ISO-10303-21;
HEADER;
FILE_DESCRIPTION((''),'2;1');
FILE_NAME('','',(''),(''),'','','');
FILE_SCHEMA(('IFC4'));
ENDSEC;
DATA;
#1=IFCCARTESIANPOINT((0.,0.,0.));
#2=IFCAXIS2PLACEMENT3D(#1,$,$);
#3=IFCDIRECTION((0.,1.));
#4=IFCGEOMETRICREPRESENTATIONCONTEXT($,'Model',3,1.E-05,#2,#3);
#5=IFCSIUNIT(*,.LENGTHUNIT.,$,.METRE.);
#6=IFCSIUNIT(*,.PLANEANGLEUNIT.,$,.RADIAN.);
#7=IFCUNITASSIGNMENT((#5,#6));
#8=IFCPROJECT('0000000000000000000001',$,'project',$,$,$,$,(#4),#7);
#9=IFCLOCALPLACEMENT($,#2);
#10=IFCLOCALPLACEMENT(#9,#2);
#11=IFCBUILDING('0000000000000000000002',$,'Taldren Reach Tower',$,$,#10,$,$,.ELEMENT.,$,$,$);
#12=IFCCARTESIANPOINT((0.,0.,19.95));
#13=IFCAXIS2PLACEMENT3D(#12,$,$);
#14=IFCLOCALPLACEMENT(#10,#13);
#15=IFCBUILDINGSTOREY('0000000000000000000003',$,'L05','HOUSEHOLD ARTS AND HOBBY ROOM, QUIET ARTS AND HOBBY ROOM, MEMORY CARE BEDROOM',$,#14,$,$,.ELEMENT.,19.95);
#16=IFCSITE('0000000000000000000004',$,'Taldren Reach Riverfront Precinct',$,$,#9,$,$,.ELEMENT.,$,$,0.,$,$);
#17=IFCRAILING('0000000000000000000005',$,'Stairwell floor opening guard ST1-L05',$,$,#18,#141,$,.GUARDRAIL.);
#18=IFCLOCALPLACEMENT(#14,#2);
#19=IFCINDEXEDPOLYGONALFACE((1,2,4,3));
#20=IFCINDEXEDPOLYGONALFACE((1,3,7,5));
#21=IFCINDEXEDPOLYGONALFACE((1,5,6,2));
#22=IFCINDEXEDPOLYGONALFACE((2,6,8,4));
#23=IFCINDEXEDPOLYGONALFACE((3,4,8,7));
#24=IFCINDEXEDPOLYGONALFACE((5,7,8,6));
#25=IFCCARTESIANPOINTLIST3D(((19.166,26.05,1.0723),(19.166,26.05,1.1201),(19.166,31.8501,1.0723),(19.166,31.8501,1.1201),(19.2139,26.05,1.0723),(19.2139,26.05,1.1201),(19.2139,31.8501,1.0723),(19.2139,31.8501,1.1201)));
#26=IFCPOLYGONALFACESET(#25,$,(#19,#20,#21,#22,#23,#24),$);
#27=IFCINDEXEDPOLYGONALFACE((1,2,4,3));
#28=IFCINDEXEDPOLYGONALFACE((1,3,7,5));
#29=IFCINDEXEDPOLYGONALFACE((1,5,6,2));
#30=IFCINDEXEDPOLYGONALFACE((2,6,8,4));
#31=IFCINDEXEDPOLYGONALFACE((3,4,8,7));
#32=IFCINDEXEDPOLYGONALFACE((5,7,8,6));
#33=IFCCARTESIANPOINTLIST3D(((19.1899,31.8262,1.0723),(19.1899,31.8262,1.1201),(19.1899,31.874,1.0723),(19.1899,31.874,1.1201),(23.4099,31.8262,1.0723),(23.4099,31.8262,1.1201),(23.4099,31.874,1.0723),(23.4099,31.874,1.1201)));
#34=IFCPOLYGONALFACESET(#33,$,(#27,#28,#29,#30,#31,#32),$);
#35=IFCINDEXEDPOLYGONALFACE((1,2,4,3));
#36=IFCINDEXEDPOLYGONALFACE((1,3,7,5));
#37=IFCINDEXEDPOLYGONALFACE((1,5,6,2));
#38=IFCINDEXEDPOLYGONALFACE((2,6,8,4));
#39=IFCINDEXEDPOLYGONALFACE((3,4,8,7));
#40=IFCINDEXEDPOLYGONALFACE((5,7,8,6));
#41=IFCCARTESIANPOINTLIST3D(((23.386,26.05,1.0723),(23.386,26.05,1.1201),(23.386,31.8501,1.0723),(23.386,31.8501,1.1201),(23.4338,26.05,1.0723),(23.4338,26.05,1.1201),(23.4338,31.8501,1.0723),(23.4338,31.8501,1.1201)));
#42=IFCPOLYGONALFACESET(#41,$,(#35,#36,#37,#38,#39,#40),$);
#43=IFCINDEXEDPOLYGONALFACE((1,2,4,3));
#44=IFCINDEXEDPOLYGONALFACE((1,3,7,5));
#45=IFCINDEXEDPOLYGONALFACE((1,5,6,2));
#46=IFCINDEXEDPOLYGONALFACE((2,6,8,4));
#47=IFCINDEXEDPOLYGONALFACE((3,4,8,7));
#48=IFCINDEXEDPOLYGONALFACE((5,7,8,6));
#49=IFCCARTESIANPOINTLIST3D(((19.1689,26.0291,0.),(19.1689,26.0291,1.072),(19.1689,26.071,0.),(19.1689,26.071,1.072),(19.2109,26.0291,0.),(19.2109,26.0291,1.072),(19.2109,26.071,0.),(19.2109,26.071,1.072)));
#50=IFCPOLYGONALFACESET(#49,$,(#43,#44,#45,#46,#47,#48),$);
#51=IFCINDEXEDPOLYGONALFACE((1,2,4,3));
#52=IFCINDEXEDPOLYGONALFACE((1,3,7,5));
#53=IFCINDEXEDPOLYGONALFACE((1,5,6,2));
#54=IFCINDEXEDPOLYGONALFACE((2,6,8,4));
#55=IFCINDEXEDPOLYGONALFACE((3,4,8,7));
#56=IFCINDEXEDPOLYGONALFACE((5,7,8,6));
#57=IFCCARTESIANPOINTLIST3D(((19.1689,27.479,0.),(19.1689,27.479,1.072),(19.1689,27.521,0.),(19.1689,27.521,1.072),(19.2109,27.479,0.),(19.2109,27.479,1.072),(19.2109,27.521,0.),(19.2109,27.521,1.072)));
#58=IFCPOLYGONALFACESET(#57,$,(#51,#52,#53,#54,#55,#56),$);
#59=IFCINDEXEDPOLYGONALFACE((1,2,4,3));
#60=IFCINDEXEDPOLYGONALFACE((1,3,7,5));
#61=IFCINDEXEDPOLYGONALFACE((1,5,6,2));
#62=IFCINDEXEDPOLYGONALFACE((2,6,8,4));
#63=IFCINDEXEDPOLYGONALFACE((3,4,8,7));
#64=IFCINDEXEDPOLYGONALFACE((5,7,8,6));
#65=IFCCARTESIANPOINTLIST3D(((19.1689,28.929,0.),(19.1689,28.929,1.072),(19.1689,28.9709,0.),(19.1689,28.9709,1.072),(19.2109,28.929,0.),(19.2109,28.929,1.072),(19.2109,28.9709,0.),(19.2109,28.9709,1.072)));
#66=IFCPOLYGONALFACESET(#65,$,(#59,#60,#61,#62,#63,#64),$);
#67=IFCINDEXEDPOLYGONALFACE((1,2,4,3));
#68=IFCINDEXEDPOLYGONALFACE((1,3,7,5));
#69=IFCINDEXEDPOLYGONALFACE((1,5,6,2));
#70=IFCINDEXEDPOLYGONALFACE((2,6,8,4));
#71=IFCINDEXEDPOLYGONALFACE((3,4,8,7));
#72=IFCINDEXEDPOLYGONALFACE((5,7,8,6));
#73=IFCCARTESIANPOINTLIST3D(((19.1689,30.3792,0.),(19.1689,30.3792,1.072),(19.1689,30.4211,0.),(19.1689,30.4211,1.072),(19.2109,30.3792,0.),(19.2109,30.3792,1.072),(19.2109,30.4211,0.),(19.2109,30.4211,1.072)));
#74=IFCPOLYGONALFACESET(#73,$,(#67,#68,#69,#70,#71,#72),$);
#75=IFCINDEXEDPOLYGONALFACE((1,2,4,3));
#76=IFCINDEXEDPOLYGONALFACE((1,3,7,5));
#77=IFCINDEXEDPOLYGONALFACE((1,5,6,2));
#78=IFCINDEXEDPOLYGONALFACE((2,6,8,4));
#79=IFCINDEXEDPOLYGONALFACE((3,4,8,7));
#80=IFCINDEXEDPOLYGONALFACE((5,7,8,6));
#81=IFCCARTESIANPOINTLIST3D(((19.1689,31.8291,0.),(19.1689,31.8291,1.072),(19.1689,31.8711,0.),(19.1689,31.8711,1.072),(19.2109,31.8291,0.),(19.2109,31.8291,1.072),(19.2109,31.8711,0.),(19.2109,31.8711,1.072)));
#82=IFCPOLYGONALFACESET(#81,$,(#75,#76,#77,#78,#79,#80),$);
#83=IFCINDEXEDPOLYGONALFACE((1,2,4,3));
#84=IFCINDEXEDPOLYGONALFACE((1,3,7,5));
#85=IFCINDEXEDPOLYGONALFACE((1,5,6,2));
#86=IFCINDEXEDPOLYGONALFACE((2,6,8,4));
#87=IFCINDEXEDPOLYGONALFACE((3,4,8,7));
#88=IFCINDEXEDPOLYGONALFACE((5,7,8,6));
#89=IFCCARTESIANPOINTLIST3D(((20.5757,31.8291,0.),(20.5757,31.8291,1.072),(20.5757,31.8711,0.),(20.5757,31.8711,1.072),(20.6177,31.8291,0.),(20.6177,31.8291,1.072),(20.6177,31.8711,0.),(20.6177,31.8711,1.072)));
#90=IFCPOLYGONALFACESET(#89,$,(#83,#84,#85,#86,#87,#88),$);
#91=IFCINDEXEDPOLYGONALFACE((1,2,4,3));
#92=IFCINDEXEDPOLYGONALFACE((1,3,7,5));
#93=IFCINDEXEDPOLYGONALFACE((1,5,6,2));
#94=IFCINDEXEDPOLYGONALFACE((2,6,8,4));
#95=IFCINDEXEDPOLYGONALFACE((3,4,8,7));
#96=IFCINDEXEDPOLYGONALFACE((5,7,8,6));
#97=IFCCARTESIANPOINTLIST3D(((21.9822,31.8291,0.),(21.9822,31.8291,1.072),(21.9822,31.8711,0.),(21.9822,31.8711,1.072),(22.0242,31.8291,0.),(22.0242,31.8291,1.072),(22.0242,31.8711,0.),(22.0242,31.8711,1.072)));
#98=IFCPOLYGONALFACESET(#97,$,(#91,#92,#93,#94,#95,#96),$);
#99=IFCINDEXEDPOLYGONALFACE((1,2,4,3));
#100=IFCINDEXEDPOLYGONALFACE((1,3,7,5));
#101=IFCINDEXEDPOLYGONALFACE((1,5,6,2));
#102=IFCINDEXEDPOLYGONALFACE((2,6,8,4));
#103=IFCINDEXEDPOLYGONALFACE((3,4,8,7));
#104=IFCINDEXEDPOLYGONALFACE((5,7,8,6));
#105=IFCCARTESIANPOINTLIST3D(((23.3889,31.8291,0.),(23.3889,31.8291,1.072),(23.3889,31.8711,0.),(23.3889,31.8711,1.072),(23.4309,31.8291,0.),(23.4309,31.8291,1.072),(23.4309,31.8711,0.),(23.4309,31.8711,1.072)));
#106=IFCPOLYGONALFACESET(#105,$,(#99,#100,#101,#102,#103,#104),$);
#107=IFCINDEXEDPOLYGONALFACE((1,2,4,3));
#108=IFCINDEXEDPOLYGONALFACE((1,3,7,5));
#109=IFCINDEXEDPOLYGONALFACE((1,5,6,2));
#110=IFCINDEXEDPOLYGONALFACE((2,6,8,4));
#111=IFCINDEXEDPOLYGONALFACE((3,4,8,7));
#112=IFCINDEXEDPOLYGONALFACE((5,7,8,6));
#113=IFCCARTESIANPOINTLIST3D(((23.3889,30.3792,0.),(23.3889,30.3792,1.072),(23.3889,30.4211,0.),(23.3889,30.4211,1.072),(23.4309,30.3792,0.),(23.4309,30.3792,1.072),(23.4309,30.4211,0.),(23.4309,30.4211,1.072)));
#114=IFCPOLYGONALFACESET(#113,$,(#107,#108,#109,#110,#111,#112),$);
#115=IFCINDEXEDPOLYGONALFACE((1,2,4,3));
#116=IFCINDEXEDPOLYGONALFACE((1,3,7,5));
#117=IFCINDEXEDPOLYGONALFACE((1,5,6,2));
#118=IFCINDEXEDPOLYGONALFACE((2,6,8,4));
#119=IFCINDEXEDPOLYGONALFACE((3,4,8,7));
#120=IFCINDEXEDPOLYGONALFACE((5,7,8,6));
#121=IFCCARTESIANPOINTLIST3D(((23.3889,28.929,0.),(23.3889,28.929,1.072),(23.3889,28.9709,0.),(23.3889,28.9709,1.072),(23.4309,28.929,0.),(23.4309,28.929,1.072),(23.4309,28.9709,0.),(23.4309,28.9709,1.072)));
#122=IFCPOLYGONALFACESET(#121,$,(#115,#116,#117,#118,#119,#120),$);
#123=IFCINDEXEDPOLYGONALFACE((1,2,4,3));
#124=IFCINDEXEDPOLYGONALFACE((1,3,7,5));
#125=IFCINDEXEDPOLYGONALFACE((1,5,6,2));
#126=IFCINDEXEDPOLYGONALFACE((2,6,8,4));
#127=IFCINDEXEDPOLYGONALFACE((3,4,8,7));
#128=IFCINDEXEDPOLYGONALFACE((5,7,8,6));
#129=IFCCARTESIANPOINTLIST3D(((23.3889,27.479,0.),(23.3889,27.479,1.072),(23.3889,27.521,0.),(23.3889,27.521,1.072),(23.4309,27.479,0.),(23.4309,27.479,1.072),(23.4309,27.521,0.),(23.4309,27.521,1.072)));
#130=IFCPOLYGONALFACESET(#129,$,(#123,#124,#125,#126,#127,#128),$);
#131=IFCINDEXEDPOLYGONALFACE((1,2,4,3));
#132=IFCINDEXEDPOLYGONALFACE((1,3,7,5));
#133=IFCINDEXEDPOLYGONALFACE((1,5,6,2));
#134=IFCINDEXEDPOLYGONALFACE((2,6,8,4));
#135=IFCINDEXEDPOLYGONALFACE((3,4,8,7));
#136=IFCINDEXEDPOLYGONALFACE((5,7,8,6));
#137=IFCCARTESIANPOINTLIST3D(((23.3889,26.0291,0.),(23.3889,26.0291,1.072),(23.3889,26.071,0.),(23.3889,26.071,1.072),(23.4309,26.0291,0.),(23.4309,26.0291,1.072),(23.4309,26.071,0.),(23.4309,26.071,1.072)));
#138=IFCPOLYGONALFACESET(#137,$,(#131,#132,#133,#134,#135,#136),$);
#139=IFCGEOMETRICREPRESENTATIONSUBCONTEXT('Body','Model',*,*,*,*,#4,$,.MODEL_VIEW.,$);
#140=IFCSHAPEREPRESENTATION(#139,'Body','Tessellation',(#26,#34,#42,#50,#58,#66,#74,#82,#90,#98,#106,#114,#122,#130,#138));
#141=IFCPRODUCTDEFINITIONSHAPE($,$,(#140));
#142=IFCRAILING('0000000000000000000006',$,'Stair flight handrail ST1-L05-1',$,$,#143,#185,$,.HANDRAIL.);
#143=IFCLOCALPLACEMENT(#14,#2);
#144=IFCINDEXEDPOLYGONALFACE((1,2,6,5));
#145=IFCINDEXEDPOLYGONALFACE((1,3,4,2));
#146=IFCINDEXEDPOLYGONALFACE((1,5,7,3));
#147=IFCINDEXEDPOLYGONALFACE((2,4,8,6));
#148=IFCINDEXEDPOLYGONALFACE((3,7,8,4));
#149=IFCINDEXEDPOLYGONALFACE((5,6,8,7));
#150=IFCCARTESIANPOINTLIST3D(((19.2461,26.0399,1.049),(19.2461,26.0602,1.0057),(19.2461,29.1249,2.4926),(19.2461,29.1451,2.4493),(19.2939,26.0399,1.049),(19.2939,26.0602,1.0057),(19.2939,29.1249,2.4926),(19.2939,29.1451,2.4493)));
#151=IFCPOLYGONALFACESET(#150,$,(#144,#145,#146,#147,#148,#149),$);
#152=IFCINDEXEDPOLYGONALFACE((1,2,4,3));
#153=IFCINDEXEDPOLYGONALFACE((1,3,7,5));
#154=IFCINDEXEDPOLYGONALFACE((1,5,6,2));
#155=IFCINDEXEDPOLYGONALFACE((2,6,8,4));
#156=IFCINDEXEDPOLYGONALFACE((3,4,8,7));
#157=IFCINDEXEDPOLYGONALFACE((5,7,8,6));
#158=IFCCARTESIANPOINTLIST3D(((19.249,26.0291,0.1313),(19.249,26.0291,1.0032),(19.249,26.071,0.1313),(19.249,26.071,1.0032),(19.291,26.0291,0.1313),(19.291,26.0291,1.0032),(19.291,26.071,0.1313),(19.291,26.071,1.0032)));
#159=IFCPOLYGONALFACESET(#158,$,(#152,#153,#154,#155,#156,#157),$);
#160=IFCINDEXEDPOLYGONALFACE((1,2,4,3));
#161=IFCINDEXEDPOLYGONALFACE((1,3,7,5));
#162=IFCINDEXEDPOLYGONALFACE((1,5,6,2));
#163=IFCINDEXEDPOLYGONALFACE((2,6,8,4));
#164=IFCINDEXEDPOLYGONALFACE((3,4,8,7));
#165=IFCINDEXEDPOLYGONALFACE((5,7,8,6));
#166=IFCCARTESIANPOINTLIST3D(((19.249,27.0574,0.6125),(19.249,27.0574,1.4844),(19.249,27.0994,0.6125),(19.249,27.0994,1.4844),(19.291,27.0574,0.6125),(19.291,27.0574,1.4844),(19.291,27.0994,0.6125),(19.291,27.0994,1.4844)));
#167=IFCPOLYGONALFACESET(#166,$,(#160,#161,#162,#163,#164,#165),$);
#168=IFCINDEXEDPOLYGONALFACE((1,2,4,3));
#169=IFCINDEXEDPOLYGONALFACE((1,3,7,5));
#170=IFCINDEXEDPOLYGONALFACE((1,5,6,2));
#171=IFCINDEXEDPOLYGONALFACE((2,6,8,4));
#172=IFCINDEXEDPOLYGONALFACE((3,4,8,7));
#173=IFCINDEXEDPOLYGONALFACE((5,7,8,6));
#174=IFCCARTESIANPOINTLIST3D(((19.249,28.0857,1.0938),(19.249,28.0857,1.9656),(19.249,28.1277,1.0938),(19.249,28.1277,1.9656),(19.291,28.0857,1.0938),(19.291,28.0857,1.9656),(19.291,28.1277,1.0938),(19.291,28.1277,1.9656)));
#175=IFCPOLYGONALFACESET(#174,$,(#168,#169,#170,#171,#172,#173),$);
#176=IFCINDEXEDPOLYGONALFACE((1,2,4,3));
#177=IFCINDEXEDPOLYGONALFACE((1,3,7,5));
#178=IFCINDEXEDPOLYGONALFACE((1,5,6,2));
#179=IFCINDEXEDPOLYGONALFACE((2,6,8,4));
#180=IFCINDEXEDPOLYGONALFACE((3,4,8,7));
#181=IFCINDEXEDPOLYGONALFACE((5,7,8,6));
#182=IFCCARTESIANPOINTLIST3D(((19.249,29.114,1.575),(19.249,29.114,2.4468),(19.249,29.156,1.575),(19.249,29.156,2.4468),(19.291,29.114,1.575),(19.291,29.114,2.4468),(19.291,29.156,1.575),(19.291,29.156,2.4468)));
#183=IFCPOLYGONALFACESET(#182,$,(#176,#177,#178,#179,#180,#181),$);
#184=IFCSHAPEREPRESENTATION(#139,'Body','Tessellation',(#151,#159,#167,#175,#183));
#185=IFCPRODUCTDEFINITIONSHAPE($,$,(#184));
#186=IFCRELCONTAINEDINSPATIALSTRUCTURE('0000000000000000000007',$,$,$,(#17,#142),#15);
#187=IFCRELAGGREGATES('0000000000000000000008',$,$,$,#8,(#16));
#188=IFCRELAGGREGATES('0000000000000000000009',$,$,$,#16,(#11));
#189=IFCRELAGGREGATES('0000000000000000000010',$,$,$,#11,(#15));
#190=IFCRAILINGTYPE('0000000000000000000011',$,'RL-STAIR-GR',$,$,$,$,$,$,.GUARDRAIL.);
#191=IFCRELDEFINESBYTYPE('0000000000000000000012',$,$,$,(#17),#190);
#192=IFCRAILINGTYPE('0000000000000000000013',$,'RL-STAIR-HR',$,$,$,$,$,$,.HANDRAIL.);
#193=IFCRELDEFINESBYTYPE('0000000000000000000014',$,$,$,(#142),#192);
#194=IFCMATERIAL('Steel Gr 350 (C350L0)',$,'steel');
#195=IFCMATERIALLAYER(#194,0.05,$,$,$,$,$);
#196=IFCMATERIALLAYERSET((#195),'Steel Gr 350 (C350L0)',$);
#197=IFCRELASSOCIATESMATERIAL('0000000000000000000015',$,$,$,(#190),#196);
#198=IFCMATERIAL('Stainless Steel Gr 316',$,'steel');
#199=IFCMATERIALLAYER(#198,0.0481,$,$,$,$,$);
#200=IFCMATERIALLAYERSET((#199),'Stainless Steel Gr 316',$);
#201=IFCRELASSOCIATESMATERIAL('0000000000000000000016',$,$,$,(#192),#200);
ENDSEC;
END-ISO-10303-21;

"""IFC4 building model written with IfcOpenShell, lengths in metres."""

from ifc_helpers import new_model, si_unit, direction, frame, origin, origin_2d, place, context, subcontext, project, spatial, rectangle, extrude, material, layer, layer_set, type_object, element, save


model = new_model("IFC4")

# Units and contexts
model_context = context("Model", 3, precision=1e-05, world=origin(), true_north=direction((0.0, 1.0)))
body_context = subcontext(model_context, "Body", "Model", "MODEL_VIEW")
ifc_project = project(units=[si_unit("LENGTHUNIT", "METRE"), si_unit("PLANEANGLEUNIT", "RADIAN")], contexts=[model_context])

# Site, building, storey
site_placement = place(None, origin())
site = spatial("IfcSite", under=ifc_project, at=site_placement, Name="Taldren Reach Riverfront Precinct", CompositionType="ELEMENT", RefElevation=0.0)
building_placement = place(site_placement, origin())
building = spatial("IfcBuilding", under=site, at=building_placement, Name="Taldren Reach Tower", CompositionType="ELEMENT")
storey_placement = place(building_placement, frame((0.0, 0.0, 19.95)))
storey = spatial("IfcBuildingStorey", under=building, at=storey_placement, Name="L05", Description="HOUSEHOLD ARTS AND HOBBY ROOM, QUIET ARTS AND HOBBY ROOM, MEMORY CARE BEDROOM", CompositionType="ELEMENT", Elevation=19.95)

# Railings
ifc_material_1 = material(Name="Steel Gr 350 (C350L0)", Category="steel")
ifc_layer_1 = layer(ifc_material_1, 0.05)
ifc_layer_set_1 = layer_set([ifc_layer_1], Name="Steel Gr 350 (C350L0)")
railing_type_1 = type_object("IfcRailingType", Name="RL-STAIR-GR", PredefinedType="GUARDRAIL", material=ifc_layer_set_1)
railing_1_placement = place(storey_placement, frame((19.1899, 26.05, 0.0)))
element("IfcRailing", 1, at=railing_1_placement, inside=storey, type_object=railing_type_1, Name="Stairwell floor opening guard ST1-L05", PredefinedType="GUARDRAIL", context=body_context, shape_type="SweptSolid", body=[
    extrude(rectangle(XDim=0.0479, YDim=0.0479, at=origin_2d()), frame((0.0, 0.0, 1.0962), z_axis=(0.0, 1.0, 0.0), x_axis=(-1.0, 0.0, 0.0)), (0.0, 0.0, 1.0), 5.8),
    extrude(rectangle(XDim=0.0479, YDim=0.0479, at=origin_2d()), frame((0.0, 5.8, 1.0962), z_axis=(1.0, 0.0, 0.0), x_axis=(0.0, 1.0, 0.0)), (0.0, 0.0, 1.0), 4.22),
    extrude(rectangle(XDim=0.0479, YDim=0.0479, at=origin_2d()), frame((4.22, 5.8, 1.0962), z_axis=(0.0, -1.0, 0.0), x_axis=(1.0, 0.0, 0.0)), (0.0, 0.0, 1.0), 5.8),
    extrude(rectangle(XDim=0.042, YDim=0.042, at=origin_2d()), origin(), (0.0, 0.0, 1.0), 1.072),
    extrude(rectangle(XDim=0.042, YDim=0.042, at=origin_2d()), frame((0.0, 1.45, 0.0)), (0.0, 0.0, 1.0), 1.072),
    extrude(rectangle(XDim=0.042, YDim=0.042, at=origin_2d()), frame((0.0, 2.8999, 0.0)), (0.0, 0.0, 1.0), 1.072),
    extrude(rectangle(XDim=0.042, YDim=0.042, at=origin_2d()), frame((0.0, 4.3501, 0.0)), (0.0, 0.0, 1.0), 1.072),
    extrude(rectangle(XDim=0.042, YDim=0.042, at=origin_2d()), frame((0.0, 5.8, 0.0)), (0.0, 0.0, 1.0), 1.072),
    extrude(rectangle(XDim=0.042, YDim=0.042, at=origin_2d()), frame((1.4067, 5.8, 0.0)), (0.0, 0.0, 1.0), 1.072),
    extrude(rectangle(XDim=0.042, YDim=0.042, at=origin_2d()), frame((2.8132, 5.8, 0.0)), (0.0, 0.0, 1.0), 1.072),
    extrude(rectangle(XDim=0.042, YDim=0.042, at=origin_2d()), frame((4.22, 5.8, 0.0)), (0.0, 0.0, 1.0), 1.072),
    extrude(rectangle(XDim=0.042, YDim=0.042, at=origin_2d()), frame((4.22, 4.3501, 0.0)), (0.0, 0.0, 1.0), 1.072),
    extrude(rectangle(XDim=0.042, YDim=0.042, at=origin_2d()), frame((4.22, 2.8999, 0.0)), (0.0, 0.0, 1.0), 1.072),
    extrude(rectangle(XDim=0.042, YDim=0.042, at=origin_2d()), frame((4.22, 1.45, 0.0)), (0.0, 0.0, 1.0), 1.072),
    extrude(rectangle(XDim=0.042, YDim=0.042, at=origin_2d()), frame((4.22, 0.0, 0.0)), (0.0, 0.0, 1.0), 1.072),
])
ifc_material_2 = material(Name="Stainless Steel Gr 316", Category="steel")
ifc_layer_2 = layer(ifc_material_2, 0.0481)
ifc_layer_set_2 = layer_set([ifc_layer_2], Name="Stainless Steel Gr 316")
railing_type_2 = type_object("IfcRailingType", Name="RL-STAIR-HR", PredefinedType="HANDRAIL", material=ifc_layer_set_2)
railing_2_placement = place(storey_placement, frame((19.27, 26.05, 0.1313)))
element("IfcRailing", 2, at=railing_2_placement, inside=storey, type_object=railing_type_2, Name="Stair flight handrail ST1-L05-1", PredefinedType="HANDRAIL", context=body_context, shape_type="SweptSolid", body=[
    extrude(rectangle(XDim=0.0479, YDim=0.0479, at=origin_2d()), frame((0.0, 0.0, 0.896), z_axis=(0.0, 0.905738, 0.423839), x_axis=(-1.0, 0.0, 0.0)), (0.0, 0.0, 1.0), 3.406),
    extrude(rectangle(XDim=0.042, YDim=0.042, at=origin_2d()), origin(), (0.0, 0.0, 1.0), 0.8718),
    extrude(rectangle(XDim=0.042, YDim=0.042, at=origin_2d()), frame((0.0, 1.0283, 0.4812)), (0.0, 0.0, 1.0), 0.8718),
    extrude(rectangle(XDim=0.042, YDim=0.042, at=origin_2d()), frame((0.0, 2.0566, 0.9624)), (0.0, 0.0, 1.0), 0.8718),
    extrude(rectangle(XDim=0.042, YDim=0.042, at=origin_2d()), frame((0.0, 3.085, 1.4436)), (0.0, 0.0, 1.0), 0.8718),
])

save(model, "model.ifc")
